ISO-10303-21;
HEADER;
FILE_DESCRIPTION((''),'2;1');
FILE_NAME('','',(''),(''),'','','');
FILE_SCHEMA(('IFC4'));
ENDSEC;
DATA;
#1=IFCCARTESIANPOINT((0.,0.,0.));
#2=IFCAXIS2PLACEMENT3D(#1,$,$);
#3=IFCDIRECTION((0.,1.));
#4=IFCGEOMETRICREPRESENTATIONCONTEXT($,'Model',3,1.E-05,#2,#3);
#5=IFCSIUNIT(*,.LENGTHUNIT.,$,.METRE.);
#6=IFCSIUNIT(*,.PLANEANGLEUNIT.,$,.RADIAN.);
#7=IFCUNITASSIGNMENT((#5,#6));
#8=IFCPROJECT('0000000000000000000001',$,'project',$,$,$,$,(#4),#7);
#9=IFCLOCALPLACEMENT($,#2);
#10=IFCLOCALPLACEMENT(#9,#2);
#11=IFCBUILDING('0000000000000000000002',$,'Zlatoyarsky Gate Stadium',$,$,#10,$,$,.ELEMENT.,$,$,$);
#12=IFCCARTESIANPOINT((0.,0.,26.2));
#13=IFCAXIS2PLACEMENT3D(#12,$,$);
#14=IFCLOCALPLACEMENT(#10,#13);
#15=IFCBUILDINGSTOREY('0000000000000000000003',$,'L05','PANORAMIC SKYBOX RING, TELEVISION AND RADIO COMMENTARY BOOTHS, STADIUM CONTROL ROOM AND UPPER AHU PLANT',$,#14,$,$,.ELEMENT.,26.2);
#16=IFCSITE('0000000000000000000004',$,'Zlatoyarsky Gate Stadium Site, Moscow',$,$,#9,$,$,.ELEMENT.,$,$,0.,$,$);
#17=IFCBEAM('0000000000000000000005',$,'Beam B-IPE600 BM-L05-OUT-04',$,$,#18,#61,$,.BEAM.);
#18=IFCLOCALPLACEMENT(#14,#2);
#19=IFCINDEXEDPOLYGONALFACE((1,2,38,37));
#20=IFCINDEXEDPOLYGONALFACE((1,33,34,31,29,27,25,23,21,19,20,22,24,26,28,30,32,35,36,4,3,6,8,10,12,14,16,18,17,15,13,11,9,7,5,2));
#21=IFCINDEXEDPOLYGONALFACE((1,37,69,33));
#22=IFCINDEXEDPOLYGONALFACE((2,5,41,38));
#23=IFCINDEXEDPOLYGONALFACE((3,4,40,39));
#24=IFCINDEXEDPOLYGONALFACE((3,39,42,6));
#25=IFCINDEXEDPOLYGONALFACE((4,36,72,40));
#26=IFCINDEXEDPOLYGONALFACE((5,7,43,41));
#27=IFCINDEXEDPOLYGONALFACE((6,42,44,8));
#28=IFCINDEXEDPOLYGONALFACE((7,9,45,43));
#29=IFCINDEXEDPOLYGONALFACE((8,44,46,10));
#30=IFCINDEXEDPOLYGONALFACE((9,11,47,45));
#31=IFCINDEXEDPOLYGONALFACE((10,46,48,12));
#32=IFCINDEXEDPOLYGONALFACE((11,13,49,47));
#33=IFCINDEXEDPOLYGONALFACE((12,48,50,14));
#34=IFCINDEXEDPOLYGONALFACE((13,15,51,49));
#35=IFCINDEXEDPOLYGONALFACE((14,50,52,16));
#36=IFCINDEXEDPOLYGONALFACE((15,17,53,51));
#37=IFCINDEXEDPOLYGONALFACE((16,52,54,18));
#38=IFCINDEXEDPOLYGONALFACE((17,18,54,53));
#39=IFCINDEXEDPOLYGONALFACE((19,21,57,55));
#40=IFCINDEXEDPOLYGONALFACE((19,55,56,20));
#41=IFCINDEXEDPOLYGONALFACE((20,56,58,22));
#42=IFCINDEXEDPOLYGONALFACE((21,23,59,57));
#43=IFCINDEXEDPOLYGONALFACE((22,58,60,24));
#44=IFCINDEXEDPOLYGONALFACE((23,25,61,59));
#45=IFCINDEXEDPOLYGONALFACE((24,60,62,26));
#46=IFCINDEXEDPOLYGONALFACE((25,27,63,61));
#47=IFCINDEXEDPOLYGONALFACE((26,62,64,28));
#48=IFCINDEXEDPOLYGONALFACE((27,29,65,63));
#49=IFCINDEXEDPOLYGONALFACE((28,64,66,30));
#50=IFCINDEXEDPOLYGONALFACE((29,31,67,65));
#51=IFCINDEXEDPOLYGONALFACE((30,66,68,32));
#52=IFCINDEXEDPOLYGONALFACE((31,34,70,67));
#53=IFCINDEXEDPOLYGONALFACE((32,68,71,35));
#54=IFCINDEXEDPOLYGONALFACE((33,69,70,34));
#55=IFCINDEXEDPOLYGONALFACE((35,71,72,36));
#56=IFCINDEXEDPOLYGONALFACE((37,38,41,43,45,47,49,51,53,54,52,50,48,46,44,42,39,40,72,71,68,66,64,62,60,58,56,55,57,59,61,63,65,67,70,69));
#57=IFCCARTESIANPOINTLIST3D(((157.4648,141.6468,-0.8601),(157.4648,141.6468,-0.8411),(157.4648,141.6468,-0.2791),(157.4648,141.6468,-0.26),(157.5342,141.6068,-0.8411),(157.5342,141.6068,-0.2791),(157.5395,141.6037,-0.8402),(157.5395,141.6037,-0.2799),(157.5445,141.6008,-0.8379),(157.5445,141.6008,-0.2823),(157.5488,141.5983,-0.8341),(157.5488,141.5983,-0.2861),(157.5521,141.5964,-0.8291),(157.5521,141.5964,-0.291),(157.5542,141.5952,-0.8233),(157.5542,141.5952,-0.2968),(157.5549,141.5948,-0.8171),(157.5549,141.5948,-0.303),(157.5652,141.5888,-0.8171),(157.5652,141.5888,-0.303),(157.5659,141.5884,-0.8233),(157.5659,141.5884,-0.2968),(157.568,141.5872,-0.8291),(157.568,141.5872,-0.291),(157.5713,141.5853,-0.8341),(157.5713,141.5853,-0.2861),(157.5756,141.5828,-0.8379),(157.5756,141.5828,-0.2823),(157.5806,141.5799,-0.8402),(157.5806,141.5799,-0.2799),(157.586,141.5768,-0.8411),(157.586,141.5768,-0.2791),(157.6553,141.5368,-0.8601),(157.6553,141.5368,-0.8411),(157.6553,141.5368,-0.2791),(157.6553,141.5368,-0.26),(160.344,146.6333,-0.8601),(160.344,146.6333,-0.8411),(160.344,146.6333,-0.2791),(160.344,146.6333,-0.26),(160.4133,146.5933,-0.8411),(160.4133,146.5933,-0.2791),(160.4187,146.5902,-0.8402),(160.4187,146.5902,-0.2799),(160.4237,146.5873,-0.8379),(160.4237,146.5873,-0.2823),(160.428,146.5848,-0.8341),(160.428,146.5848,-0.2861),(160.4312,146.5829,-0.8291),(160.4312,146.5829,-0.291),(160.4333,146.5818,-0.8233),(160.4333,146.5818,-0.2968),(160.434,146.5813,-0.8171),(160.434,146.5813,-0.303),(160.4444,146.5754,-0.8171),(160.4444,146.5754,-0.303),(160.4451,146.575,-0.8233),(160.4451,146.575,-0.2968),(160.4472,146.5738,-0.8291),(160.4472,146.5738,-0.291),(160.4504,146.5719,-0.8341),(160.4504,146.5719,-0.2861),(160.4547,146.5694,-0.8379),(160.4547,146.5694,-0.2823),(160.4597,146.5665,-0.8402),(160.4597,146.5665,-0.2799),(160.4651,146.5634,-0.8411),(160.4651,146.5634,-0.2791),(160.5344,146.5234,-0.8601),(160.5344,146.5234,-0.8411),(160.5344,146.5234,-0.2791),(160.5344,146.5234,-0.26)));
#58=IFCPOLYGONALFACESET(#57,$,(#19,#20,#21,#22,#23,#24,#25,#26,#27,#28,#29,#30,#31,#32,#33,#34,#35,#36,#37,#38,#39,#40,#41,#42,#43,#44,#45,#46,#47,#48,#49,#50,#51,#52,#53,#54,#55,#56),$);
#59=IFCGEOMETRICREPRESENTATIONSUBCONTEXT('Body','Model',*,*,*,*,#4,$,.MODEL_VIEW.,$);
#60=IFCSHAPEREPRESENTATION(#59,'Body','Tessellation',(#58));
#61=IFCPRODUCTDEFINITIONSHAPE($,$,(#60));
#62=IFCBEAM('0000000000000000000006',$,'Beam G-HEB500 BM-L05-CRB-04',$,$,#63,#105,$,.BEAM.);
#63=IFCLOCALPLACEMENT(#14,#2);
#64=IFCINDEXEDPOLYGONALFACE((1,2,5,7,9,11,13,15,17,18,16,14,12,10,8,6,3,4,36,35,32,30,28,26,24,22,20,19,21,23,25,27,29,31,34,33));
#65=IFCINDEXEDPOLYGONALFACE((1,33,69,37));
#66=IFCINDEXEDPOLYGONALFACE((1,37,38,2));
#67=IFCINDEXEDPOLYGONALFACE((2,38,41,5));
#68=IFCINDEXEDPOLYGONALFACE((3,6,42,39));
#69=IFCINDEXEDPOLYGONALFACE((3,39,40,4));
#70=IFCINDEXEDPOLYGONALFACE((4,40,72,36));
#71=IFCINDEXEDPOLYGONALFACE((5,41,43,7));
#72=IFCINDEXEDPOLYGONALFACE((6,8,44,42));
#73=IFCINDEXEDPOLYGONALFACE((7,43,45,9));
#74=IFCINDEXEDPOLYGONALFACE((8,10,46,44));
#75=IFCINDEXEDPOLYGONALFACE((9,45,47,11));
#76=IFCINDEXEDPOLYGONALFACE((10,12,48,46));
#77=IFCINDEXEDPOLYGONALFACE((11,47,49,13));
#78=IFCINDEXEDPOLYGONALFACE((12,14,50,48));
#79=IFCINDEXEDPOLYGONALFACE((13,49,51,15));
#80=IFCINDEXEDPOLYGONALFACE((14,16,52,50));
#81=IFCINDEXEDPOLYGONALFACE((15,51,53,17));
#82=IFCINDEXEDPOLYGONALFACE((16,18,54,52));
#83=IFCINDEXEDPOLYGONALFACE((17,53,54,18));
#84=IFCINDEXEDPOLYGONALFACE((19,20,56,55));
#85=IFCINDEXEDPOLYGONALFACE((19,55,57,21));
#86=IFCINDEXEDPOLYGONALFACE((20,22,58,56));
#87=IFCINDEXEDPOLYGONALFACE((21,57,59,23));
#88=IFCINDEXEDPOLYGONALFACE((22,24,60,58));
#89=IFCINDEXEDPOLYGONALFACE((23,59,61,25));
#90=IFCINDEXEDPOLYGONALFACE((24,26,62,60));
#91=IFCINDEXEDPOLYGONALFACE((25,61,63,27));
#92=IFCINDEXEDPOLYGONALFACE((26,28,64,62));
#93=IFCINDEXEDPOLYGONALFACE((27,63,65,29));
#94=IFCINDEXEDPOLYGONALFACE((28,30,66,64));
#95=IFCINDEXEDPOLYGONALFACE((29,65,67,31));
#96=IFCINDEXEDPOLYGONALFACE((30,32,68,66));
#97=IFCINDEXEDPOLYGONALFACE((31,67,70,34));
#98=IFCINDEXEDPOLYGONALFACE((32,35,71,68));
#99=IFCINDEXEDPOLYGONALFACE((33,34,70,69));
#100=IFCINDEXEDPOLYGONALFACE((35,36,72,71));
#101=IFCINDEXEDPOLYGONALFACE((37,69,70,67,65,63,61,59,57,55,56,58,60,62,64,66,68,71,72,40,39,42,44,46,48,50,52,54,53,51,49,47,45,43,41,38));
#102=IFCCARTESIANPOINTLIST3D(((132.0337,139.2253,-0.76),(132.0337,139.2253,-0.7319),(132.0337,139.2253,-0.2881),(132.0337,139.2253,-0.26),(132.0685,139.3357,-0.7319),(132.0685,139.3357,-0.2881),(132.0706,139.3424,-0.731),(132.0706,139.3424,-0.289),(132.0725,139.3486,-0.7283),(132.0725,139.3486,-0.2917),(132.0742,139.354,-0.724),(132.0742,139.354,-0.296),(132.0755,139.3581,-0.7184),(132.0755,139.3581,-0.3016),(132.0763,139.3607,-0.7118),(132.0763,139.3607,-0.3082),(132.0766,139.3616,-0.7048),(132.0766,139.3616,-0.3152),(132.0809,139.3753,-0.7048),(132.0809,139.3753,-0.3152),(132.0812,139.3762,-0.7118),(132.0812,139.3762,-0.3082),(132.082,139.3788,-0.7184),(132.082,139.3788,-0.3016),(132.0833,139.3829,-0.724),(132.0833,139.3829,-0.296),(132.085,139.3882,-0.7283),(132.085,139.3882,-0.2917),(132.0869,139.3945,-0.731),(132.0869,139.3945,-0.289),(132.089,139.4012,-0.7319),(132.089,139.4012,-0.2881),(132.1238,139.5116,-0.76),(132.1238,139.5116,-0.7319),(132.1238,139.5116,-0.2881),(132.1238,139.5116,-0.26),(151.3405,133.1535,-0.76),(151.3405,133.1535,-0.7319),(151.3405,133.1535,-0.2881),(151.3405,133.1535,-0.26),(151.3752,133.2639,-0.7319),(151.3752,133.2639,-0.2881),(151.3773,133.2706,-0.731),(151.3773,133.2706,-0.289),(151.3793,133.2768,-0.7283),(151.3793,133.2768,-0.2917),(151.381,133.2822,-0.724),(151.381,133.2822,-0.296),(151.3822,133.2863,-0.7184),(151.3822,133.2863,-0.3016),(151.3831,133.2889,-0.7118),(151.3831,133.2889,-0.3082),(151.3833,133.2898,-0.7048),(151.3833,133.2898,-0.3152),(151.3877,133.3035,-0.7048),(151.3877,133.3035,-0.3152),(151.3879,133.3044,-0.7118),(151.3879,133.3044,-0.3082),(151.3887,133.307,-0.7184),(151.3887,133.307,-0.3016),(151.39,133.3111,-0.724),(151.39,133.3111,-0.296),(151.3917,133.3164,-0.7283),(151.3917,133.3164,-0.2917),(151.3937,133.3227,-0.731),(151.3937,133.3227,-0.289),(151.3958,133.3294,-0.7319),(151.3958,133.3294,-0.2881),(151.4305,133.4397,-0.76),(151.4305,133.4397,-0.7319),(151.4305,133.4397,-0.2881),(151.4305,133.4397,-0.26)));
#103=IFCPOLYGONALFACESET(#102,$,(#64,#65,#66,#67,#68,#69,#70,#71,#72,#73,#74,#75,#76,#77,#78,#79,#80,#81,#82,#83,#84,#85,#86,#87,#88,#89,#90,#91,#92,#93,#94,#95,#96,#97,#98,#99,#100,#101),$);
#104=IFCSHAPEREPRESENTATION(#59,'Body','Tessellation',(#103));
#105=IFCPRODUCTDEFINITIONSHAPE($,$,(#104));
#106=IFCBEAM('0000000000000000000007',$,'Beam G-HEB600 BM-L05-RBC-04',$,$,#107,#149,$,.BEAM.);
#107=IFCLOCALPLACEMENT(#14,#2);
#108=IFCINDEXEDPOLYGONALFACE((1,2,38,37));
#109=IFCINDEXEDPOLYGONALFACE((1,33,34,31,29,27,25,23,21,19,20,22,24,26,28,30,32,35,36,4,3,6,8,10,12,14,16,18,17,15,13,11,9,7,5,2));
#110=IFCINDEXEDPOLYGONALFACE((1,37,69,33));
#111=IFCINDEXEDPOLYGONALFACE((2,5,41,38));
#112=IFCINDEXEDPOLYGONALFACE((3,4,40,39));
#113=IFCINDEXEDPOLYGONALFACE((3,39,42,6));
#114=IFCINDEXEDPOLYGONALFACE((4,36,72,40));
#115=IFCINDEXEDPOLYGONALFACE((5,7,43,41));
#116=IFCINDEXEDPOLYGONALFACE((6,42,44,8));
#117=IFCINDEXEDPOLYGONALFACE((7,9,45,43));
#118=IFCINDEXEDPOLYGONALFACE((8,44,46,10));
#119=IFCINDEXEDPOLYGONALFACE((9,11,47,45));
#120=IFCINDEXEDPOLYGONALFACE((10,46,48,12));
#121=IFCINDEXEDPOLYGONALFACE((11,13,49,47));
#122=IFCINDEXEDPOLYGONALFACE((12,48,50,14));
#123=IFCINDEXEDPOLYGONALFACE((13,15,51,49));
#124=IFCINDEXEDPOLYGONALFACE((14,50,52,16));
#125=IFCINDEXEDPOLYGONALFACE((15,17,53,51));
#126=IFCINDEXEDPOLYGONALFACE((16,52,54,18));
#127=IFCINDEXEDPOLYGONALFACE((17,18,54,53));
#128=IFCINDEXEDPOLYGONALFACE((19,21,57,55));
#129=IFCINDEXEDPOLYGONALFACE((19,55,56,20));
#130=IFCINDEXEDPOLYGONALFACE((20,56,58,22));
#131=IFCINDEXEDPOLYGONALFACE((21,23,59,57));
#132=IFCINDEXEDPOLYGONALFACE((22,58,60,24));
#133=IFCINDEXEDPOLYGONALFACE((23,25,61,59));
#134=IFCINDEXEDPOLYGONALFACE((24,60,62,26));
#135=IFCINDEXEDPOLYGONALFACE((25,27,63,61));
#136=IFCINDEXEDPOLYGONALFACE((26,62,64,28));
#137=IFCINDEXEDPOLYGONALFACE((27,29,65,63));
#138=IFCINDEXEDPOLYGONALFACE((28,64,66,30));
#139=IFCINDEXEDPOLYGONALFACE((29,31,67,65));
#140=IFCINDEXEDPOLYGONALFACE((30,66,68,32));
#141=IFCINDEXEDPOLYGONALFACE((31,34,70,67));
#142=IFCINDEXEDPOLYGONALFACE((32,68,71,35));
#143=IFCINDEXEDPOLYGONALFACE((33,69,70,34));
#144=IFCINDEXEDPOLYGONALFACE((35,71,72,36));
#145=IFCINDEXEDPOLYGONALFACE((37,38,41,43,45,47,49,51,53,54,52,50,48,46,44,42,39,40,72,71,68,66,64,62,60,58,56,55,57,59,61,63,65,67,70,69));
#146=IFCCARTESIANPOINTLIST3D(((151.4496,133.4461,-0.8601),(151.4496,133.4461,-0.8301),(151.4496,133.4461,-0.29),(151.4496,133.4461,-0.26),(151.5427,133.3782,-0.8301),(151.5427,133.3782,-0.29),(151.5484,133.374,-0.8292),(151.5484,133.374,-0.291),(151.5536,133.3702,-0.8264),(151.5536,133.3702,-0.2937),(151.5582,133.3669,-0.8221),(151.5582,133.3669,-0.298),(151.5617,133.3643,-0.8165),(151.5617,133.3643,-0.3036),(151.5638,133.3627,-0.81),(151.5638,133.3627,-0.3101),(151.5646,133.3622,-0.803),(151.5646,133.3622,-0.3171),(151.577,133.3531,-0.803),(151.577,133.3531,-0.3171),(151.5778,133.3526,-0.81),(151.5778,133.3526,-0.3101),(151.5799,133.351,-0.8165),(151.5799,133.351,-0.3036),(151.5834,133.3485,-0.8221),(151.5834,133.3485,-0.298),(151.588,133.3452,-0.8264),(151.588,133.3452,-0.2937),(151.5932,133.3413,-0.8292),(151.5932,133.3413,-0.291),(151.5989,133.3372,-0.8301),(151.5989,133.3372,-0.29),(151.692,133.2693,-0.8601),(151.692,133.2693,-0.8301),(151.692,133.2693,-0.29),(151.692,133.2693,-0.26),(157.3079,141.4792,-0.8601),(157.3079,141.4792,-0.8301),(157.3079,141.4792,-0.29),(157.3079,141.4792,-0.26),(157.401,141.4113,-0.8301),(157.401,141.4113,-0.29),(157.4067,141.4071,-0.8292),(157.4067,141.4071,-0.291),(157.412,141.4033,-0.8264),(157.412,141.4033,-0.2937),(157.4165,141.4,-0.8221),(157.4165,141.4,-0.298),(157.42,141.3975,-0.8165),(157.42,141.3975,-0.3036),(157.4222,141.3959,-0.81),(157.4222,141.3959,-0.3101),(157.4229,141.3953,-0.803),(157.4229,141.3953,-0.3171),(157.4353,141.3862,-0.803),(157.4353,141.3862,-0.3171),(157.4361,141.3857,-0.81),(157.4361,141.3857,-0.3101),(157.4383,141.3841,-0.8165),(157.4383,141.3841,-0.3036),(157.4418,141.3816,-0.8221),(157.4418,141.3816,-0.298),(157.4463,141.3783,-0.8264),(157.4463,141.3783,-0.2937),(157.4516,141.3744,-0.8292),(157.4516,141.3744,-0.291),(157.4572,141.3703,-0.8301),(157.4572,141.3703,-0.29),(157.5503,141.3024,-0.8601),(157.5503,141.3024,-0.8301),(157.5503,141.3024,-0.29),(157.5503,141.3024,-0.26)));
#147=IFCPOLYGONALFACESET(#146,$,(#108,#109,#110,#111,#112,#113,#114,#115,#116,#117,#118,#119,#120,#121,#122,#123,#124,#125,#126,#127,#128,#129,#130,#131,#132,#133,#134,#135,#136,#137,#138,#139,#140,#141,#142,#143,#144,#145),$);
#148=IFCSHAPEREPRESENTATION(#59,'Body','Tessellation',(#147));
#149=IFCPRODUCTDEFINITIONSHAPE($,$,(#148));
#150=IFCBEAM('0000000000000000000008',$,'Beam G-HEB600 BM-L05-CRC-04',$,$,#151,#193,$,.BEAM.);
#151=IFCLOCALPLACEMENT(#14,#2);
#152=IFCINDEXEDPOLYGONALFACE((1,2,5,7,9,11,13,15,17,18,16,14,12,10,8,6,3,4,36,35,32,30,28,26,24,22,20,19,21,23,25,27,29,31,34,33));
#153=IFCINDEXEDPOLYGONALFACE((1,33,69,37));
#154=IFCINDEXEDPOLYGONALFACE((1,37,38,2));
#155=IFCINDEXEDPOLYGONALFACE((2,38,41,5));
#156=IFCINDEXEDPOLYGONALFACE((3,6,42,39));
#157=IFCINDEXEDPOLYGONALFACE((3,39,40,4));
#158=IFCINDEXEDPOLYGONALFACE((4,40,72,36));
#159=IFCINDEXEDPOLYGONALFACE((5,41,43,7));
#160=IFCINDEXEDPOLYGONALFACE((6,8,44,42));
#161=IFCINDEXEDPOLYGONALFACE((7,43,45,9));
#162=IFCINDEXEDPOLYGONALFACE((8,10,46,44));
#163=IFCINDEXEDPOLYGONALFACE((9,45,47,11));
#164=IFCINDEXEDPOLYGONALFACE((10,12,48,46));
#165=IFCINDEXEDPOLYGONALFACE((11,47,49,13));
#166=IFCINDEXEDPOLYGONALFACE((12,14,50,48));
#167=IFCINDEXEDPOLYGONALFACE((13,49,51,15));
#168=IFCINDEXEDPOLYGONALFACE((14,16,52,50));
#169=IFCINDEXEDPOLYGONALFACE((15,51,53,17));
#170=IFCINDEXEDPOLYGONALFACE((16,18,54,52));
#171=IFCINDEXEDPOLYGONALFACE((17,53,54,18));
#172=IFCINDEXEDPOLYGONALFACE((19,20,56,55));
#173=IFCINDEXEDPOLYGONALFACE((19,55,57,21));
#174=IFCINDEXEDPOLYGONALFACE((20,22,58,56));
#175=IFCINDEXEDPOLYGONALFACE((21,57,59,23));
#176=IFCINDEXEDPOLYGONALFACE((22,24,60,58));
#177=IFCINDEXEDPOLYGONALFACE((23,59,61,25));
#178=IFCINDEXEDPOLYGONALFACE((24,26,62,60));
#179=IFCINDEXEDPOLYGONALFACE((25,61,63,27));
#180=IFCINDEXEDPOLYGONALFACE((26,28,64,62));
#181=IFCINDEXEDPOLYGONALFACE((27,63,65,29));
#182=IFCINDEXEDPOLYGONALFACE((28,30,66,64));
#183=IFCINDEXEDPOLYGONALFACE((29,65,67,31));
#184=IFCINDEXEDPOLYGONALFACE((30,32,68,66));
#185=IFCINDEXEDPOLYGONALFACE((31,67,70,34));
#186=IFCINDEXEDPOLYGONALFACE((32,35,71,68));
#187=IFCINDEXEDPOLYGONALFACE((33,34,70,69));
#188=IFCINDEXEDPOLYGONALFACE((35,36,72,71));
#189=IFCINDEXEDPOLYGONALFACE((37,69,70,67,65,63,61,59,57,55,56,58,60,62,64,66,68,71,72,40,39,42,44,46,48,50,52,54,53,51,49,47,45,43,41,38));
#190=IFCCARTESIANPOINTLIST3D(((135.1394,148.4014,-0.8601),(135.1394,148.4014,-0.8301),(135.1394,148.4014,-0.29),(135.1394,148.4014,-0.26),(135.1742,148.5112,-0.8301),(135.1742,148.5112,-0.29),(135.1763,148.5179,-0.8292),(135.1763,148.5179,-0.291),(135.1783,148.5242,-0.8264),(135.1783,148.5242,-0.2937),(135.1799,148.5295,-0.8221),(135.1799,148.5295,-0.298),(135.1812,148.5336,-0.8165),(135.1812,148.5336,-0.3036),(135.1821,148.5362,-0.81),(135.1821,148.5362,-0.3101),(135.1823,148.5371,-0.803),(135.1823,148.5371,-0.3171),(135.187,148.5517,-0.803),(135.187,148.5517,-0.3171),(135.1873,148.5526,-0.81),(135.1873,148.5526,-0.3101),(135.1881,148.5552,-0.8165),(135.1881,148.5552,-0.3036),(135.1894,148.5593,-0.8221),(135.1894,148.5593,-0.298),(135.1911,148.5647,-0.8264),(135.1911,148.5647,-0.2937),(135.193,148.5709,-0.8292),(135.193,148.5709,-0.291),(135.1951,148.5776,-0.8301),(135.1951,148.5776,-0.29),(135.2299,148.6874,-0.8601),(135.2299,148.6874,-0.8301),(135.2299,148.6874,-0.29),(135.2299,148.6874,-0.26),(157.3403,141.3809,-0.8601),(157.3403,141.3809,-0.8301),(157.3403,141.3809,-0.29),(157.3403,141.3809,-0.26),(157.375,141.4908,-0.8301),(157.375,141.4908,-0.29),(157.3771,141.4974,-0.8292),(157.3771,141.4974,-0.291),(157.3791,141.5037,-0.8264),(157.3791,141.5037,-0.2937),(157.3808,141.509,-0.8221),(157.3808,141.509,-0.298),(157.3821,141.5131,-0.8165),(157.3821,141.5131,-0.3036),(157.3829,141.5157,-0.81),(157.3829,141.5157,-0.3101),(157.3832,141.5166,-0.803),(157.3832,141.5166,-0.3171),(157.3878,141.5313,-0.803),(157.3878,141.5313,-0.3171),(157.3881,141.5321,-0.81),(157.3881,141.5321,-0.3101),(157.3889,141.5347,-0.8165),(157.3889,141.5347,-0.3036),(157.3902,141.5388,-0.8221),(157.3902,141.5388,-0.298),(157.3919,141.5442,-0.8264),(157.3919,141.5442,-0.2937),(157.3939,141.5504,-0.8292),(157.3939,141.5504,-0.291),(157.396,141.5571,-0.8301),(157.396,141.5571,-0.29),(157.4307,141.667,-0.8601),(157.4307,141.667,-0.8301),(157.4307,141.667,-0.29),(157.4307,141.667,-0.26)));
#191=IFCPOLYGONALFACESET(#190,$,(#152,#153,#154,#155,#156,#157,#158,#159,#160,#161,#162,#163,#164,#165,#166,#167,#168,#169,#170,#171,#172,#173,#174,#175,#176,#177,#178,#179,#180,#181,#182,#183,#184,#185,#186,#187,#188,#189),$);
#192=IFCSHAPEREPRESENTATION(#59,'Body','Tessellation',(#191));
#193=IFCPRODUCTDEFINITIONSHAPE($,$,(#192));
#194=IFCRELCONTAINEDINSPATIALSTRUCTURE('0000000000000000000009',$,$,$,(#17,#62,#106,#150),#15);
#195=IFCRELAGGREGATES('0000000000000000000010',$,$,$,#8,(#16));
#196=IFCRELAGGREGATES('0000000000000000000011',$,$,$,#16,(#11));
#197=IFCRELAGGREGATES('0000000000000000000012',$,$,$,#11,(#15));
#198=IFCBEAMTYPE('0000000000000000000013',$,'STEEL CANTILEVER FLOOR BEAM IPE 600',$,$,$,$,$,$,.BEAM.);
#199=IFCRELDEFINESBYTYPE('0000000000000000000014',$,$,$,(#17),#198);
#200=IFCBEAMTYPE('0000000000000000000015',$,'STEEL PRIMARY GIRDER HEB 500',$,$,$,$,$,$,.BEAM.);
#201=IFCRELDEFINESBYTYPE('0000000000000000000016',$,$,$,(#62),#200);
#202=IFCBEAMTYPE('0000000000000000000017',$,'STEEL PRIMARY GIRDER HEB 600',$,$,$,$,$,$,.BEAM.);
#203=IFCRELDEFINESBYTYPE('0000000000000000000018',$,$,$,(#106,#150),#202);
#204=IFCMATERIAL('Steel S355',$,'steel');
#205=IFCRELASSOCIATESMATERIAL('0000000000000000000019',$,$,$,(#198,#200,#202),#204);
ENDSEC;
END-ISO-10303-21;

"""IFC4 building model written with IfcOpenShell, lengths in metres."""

from ifc_helpers import new_model, si_unit, direction, frame, origin, origin_2d, place, context, subcontext, project, spatial, i_section, extrude, material, material_profile, profile_set, type_object, element, save


model = new_model("IFC4")

# Units and contexts
model_context = context("Model", 3, precision=1e-05, world=origin(), true_north=direction((0.0, 1.0)))
body_context = subcontext(model_context, "Body", "Model", "MODEL_VIEW")
ifc_project = project(units=[si_unit("LENGTHUNIT", "METRE"), si_unit("PLANEANGLEUNIT", "RADIAN")], contexts=[model_context])

# Site, building, storey
site_placement = place(None, origin())
site = spatial("IfcSite", under=ifc_project, at=site_placement, Name="Zlatoyarsky Gate Stadium Site, Moscow", CompositionType="ELEMENT", RefElevation=0.0)
building_placement = place(site_placement, origin())
building = spatial("IfcBuilding", under=site, at=building_placement, Name="Zlatoyarsky Gate Stadium", CompositionType="ELEMENT")
storey_placement = place(building_placement, frame((0.0, 0.0, 26.2)))
storey = spatial("IfcBuildingStorey", under=building, at=storey_placement, Name="L05", Description="PANORAMIC SKYBOX RING, TELEVISION AND RADIO COMMENTARY BOOTHS, STADIUM CONTROL ROOM AND UPPER AHU PLANT", CompositionType="ELEMENT", Elevation=26.2)

# Shared definitions
ifc_material_1 = material(Name="Steel S355", Category="steel")

# Beams
ifc_material_profile_1 = material_profile(ifc_material_1, i_section(OverallWidth=0.22, OverallDepth=0.6001, WebThickness=0.012, FlangeThickness=0.019, FilletRadius=0.0239, at=origin_2d()), Name="IPE 600")
ifc_profile_set_1 = profile_set([ifc_material_profile_1], Name="Steel S355")
beam_type_1 = type_object("IfcBeamType", Name="STEEL CANTILEVER FLOOR BEAM IPE 600", PredefinedType="BEAM", material=ifc_profile_set_1)
beam_1_placement = place(storey_placement, frame((157.5601, 141.5918, -0.5601), z_axis=(0.50002, 0.866014, 0.0), x_axis=(-0.866014, 0.50002, 0.0)))
element("IfcBeam", 1, at=beam_1_placement, inside=storey, type_object=beam_type_1, Name="Beam B-IPE600 BM-L05-OUT-04", PredefinedType="BEAM", context=body_context, shape_type="SweptSolid", body=[
    extrude(i_section(OverallWidth=0.22, OverallDepth=0.6001, WebThickness=0.012, FlangeThickness=0.019, FilletRadius=0.0239, at=origin_2d()), origin(), (0.0, 0.0, 1.0), 5.7581),
])
ifc_material_profile_2 = material_profile(ifc_material_1, i_section(OverallWidth=0.3, OverallDepth=0.5, WebThickness=0.0144, FlangeThickness=0.0281, FilletRadius=0.0271, at=origin_2d()), Name="HEB 500")
ifc_profile_set_2 = profile_set([ifc_material_profile_2], Name="Steel S355")
beam_type_2 = type_object("IfcBeamType", Name="STEEL PRIMARY GIRDER HEB 500", PredefinedType="BEAM", material=ifc_profile_set_2)
beam_2_placement = place(storey_placement, frame((151.3855, 133.2966, -0.51), z_axis=(-0.953938, 0.300005, 0.0), x_axis=(-0.300005, -0.953938, 0.0)))
element("IfcBeam", 2, at=beam_2_placement, inside=storey, type_object=beam_type_2, Name="Beam G-HEB500 BM-L05-CRB-04", PredefinedType="BEAM", context=body_context, shape_type="SweptSolid", body=[
    extrude(i_section(OverallWidth=0.3, OverallDepth=0.5, WebThickness=0.0144, FlangeThickness=0.0281, FilletRadius=0.0271, at=origin_2d()), origin(), (0.0, 0.0, 1.0), 20.239),
])
ifc_material_profile_3 = material_profile(ifc_material_1, i_section(OverallWidth=0.3, OverallDepth=0.6001, WebThickness=0.0154, FlangeThickness=0.03, FilletRadius=0.0271, at=origin_2d()), Name="HEB 600")
ifc_profile_set_3 = profile_set([ifc_material_profile_3], Name="Steel S355")
beam_type_3 = type_object("IfcBeamType", Name="STEEL PRIMARY GIRDER HEB 600", PredefinedType="BEAM", material=ifc_profile_set_3)
beam_3_placement = place(storey_placement, frame((151.5708, 133.3577, -0.5601), z_axis=(0.589228, 0.807967, 0.0), x_axis=(-0.807967, 0.589228, 0.0)))
element("IfcBeam", 3, at=beam_3_placement, inside=storey, type_object=beam_type_3, Name="Beam G-HEB600 BM-L05-RBC-04", PredefinedType="BEAM", context=body_context, shape_type="SweptSolid", body=[
    extrude(i_section(OverallWidth=0.3, OverallDepth=0.6001, WebThickness=0.0154, FlangeThickness=0.03, FilletRadius=0.0271, at=origin_2d()), origin(), (0.0, 0.0, 1.0), 9.9424),
])
beam_4_placement = place(storey_placement, frame((157.3855, 141.5239, -0.5601), z_axis=(-0.953463, 0.30151, 0.0), x_axis=(-0.30151, -0.953463, 0.0)))
element("IfcBeam", 4, at=beam_4_placement, inside=storey, type_object=beam_type_3, Name="Beam G-HEB600 BM-L05-CRC-04", PredefinedType="BEAM", context=body_context, shape_type="SweptSolid", body=[
    extrude(i_section(OverallWidth=0.3, OverallDepth=0.6001, WebThickness=0.0154, FlangeThickness=0.03, FilletRadius=0.0271, at=origin_2d()), origin(), (0.0, 0.0, 1.0), 23.2844),
])

save(model, "model.ifc")
